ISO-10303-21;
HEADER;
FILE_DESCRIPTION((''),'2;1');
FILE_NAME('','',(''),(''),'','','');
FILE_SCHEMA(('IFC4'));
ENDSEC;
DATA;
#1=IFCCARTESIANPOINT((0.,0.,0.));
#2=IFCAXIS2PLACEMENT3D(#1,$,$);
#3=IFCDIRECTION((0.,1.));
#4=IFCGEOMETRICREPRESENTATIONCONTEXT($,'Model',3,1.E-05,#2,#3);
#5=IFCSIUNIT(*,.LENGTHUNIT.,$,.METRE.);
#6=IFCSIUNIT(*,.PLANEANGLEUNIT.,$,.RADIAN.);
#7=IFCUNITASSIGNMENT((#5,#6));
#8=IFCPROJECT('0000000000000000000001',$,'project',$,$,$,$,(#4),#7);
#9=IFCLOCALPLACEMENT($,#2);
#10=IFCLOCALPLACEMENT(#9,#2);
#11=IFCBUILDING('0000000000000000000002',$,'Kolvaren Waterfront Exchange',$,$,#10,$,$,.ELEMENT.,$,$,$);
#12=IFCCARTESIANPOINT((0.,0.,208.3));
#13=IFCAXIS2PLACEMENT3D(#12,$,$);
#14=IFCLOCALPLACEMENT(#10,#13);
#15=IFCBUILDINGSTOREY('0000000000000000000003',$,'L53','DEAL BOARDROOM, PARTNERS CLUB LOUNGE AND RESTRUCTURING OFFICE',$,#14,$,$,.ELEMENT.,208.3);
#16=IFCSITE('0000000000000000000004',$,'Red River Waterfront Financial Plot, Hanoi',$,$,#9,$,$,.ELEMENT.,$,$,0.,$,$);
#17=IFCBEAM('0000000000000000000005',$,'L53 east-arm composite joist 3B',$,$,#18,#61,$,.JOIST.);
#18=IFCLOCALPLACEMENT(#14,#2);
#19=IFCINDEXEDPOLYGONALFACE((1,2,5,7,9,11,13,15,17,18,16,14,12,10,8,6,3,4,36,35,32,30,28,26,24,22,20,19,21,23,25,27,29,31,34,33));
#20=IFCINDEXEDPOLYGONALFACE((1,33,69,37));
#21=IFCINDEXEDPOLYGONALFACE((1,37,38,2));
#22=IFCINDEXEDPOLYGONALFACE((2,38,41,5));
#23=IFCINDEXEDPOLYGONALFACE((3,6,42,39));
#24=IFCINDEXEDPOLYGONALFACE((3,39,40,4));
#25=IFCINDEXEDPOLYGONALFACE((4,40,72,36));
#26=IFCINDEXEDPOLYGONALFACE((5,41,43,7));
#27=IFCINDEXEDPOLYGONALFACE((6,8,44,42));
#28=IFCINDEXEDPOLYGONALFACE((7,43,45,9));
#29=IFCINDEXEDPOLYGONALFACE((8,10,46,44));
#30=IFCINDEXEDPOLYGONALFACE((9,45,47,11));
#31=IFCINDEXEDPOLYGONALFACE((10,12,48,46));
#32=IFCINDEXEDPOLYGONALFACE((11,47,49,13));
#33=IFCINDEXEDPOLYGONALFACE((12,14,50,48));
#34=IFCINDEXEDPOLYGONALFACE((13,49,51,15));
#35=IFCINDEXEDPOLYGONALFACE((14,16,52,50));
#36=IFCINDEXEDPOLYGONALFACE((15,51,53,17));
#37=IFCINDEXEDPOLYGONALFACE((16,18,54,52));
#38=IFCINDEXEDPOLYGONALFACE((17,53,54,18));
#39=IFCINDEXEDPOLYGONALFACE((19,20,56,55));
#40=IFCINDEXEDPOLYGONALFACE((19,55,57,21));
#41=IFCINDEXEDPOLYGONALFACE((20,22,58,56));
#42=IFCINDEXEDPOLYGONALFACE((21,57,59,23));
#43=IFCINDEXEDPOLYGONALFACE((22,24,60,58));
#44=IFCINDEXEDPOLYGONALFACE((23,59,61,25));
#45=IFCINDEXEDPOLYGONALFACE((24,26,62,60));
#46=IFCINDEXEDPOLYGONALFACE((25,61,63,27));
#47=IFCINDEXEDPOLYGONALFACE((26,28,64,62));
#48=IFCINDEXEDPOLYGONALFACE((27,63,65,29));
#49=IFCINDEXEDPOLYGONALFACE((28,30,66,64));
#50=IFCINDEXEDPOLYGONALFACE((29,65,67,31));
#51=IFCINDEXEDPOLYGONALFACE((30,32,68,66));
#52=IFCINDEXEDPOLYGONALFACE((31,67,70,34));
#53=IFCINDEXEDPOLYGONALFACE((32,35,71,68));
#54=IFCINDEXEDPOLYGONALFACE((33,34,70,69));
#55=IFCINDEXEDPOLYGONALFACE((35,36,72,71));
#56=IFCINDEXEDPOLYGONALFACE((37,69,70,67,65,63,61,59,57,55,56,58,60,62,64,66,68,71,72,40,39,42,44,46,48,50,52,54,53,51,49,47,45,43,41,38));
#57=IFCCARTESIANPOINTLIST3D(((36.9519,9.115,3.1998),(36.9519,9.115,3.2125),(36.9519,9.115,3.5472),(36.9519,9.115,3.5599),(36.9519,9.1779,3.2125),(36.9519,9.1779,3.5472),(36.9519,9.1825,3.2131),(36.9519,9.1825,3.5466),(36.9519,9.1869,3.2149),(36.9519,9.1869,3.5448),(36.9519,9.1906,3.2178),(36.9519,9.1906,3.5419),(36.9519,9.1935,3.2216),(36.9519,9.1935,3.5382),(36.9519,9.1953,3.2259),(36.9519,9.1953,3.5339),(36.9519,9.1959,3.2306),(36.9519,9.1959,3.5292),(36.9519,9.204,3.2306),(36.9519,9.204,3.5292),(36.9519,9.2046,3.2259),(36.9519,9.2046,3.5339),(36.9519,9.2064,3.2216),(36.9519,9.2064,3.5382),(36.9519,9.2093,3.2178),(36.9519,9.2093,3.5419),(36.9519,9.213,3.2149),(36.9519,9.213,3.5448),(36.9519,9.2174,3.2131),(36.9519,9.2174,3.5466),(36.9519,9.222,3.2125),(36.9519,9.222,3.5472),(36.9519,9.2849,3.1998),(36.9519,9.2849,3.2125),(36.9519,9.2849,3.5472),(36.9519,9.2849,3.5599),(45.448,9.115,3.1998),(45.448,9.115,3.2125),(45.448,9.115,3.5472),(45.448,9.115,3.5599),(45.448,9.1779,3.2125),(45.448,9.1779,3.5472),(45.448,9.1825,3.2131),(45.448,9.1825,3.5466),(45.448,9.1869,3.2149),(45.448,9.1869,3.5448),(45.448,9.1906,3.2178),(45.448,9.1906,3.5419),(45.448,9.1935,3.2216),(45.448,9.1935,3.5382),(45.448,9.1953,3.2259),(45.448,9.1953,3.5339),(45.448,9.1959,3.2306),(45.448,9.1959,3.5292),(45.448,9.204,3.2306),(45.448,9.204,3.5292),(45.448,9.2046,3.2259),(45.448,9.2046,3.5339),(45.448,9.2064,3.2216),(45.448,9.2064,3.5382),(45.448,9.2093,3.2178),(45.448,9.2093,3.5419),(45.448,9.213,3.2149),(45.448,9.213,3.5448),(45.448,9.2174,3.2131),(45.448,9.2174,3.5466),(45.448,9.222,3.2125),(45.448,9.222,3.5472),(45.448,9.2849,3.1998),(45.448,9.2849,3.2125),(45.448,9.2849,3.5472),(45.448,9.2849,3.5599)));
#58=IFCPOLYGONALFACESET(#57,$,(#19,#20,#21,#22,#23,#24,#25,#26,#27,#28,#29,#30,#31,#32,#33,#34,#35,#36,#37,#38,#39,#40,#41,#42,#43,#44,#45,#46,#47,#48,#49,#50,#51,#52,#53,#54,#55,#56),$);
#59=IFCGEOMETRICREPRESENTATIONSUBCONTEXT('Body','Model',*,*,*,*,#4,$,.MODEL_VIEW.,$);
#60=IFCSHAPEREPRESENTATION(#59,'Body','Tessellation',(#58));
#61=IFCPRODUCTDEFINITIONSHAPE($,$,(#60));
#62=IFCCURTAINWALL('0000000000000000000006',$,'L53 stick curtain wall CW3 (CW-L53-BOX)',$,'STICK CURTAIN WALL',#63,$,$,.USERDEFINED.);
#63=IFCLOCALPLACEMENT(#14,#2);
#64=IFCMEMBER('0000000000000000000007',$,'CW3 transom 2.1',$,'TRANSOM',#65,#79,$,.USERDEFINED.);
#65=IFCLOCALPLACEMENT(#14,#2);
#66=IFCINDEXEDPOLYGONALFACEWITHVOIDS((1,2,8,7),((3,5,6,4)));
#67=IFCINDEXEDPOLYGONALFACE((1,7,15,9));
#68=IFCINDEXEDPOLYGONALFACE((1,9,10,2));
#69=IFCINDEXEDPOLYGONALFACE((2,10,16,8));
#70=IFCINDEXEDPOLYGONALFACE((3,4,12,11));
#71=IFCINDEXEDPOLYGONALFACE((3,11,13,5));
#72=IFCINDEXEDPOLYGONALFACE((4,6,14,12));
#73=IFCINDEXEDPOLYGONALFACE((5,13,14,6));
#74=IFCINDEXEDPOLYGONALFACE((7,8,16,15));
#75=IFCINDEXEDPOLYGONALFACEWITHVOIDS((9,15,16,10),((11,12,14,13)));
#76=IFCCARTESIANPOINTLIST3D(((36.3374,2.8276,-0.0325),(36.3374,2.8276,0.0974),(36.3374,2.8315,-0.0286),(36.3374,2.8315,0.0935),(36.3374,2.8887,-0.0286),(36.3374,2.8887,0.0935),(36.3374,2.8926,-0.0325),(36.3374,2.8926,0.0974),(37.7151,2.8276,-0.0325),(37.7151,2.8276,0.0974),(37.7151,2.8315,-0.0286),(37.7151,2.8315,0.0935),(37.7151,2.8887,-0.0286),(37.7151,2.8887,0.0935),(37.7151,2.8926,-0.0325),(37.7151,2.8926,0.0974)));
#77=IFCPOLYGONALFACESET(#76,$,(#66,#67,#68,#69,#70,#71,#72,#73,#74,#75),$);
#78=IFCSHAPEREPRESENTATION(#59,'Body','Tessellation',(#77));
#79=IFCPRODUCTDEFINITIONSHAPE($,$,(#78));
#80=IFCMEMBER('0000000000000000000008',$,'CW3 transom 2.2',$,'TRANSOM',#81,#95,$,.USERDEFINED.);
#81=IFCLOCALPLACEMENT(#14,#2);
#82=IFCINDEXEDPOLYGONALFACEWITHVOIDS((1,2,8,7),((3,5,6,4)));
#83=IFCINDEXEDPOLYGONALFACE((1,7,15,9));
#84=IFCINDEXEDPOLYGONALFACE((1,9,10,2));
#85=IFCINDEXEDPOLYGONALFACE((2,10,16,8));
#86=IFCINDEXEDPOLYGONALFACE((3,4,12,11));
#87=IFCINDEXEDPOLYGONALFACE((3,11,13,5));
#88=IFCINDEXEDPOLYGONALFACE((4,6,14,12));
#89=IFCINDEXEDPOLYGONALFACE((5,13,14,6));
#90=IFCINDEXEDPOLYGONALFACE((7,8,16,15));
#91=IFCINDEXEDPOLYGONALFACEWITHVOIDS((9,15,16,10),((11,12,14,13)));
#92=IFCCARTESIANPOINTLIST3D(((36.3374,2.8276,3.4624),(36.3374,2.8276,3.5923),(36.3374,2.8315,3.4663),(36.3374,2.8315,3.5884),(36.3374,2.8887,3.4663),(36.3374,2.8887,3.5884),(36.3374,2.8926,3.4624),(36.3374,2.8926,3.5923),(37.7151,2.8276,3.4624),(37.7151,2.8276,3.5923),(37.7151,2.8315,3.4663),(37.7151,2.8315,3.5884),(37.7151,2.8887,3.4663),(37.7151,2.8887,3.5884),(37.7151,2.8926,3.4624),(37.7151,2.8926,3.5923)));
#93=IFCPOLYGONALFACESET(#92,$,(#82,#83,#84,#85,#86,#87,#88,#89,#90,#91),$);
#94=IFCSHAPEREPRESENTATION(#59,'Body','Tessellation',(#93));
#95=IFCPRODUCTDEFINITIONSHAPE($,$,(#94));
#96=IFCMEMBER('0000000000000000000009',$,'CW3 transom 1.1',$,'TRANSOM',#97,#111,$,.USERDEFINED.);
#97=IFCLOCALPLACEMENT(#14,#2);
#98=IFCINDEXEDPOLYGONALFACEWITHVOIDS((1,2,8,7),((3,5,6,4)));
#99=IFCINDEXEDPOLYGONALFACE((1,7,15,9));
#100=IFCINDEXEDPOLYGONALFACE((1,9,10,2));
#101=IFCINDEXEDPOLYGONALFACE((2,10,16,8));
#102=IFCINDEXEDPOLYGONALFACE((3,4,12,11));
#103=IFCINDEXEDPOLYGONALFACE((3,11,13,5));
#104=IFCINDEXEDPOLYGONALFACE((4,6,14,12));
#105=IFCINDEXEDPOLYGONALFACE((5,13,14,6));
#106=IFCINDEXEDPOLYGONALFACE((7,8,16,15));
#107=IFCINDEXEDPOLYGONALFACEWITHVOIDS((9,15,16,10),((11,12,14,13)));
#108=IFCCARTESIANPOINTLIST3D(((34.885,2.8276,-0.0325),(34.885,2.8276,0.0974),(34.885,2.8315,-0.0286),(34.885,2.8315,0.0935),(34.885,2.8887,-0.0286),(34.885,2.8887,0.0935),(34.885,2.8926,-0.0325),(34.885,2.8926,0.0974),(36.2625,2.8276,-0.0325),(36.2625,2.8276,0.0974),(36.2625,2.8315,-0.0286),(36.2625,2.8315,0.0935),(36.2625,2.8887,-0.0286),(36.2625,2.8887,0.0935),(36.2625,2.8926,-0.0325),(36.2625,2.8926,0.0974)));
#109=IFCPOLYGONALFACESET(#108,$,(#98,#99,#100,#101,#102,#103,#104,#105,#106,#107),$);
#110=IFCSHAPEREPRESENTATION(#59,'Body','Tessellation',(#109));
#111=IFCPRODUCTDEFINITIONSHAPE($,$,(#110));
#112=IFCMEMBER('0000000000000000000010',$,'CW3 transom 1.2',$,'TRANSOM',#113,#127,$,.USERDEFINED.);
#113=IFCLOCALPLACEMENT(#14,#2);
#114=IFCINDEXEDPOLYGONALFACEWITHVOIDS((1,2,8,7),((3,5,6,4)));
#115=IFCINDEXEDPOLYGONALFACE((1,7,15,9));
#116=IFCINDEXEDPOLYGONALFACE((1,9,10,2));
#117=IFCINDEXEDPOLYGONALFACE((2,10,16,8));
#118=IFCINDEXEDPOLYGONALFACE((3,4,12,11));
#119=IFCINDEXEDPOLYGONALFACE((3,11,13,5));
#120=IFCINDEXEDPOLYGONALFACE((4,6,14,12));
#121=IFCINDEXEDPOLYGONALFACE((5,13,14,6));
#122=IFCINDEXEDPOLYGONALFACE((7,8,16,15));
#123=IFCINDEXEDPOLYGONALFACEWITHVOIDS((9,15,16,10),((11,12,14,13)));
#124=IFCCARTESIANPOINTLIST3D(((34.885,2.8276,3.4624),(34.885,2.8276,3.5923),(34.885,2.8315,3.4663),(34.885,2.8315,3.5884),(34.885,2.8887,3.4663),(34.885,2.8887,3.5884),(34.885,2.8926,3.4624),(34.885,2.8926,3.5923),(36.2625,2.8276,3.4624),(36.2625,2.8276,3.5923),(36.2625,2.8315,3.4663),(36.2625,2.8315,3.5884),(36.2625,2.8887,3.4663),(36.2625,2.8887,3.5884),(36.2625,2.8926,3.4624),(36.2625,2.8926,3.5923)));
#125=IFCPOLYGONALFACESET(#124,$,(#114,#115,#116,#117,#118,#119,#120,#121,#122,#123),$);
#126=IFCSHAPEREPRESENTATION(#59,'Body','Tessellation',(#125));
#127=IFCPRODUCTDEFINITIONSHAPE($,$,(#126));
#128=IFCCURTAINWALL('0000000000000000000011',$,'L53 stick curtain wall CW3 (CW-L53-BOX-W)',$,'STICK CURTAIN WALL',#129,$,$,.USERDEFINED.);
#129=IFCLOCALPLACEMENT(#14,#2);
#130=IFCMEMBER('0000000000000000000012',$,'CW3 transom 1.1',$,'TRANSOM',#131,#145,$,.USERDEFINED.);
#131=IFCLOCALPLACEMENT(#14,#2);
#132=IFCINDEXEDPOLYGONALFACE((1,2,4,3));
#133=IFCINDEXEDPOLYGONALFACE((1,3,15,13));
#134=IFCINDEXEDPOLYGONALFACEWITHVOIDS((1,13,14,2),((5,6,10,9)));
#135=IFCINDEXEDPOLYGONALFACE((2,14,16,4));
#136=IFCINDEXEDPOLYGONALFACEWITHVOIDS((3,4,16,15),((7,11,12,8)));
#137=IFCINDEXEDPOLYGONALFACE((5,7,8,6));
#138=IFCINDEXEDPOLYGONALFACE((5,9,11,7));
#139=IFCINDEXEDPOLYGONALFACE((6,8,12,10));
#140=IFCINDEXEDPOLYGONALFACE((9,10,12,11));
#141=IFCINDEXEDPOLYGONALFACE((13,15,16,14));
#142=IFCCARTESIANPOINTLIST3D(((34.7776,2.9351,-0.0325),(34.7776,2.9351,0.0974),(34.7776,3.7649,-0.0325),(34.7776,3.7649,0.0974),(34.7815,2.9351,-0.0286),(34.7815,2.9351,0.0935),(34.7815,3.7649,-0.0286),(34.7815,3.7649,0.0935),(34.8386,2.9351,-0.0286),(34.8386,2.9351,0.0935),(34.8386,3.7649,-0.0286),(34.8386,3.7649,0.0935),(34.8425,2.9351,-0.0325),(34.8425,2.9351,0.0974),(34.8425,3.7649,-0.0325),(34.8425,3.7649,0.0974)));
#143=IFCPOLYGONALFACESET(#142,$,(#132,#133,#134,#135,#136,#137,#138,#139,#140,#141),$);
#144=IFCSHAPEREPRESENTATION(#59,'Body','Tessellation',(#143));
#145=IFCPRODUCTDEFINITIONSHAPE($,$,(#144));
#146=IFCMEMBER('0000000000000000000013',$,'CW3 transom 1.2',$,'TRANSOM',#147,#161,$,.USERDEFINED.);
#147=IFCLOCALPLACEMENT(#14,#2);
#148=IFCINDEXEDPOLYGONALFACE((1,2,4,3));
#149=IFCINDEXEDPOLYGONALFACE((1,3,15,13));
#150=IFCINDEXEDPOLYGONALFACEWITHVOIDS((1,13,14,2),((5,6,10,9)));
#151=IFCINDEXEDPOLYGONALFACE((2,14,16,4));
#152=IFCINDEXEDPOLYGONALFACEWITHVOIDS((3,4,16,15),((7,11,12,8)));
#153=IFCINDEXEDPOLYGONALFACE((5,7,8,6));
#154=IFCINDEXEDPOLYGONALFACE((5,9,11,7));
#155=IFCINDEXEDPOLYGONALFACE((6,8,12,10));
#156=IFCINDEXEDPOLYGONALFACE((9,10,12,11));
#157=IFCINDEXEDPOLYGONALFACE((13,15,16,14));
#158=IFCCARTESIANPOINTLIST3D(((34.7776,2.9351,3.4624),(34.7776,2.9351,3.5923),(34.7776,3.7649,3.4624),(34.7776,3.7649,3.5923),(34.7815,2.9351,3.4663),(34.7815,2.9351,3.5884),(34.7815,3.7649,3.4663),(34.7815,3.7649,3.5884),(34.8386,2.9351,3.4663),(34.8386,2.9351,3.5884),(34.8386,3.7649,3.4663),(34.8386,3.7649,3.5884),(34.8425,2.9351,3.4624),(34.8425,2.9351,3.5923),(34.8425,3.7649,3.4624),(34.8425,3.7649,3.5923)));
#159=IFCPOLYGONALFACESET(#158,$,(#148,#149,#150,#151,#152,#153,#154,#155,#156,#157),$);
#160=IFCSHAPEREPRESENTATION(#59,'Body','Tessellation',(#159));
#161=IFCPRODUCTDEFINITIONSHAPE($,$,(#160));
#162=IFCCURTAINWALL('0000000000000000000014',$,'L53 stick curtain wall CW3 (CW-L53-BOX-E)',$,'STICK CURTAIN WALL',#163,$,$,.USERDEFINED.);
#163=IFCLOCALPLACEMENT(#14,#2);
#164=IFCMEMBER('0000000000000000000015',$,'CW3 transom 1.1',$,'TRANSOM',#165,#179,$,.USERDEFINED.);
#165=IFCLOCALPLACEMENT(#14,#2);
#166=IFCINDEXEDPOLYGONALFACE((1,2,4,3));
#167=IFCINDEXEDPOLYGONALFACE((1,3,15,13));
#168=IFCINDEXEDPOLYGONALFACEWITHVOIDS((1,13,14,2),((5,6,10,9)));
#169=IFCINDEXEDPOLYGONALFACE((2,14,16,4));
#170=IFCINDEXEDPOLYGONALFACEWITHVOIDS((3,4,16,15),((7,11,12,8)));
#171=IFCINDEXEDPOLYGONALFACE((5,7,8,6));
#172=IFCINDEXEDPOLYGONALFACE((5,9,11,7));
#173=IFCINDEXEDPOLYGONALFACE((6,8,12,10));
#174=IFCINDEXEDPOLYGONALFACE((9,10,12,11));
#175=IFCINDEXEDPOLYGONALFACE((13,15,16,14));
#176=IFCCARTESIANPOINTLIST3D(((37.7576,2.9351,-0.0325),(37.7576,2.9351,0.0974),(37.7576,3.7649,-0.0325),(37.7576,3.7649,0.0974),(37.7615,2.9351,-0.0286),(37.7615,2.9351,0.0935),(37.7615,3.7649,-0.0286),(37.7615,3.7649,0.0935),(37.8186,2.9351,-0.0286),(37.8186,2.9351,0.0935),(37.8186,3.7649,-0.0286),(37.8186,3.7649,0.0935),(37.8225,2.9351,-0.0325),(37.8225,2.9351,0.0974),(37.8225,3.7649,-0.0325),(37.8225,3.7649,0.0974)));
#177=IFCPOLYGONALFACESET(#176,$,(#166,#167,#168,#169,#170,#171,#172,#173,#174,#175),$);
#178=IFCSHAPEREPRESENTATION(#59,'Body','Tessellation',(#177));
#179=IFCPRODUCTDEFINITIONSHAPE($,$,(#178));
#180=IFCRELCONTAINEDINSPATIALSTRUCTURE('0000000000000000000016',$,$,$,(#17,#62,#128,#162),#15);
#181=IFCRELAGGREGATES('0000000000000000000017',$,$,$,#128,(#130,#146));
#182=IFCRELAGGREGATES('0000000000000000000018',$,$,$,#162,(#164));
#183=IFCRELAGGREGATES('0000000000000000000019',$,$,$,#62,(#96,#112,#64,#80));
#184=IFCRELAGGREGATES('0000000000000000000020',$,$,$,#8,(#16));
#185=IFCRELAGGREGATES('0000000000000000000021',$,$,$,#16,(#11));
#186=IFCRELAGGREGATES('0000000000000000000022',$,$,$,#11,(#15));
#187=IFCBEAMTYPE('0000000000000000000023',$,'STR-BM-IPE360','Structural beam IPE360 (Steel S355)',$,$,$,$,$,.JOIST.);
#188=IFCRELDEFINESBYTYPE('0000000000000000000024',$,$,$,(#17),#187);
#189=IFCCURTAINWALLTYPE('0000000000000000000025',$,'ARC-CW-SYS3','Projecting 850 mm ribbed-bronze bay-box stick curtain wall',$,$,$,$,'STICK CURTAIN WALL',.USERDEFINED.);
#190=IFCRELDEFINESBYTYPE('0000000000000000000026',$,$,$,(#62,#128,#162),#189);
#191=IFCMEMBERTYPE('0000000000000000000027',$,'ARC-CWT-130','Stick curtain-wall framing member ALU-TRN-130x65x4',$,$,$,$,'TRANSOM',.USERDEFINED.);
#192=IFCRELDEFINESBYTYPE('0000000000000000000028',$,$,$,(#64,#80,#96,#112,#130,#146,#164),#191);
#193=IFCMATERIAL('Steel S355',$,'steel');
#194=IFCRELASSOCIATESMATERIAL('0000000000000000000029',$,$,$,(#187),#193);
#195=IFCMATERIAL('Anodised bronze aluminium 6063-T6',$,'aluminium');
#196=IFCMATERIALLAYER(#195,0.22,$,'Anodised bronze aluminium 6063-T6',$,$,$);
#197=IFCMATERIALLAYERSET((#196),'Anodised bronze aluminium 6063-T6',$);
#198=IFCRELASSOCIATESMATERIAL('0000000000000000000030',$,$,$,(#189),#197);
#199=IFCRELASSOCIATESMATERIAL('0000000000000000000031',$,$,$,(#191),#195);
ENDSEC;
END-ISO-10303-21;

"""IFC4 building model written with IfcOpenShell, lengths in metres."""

from ifc_helpers import new_model, si_unit, direction, frame, origin, origin_with_axes, origin_2d, place, context, subcontext, project, spatial, hollow_rectangle, i_section, extrude, source, transform, mapped, material, layer, layer_set, material_profile, profile_set, type_object, element, aggregate, save


model = new_model("IFC4")

# Units and contexts
model_context = context("Model", 3, precision=1e-05, world=origin(), true_north=direction((0.0, 1.0)))
body_context = subcontext(model_context, "Body", "Model", "MODEL_VIEW")
ifc_project = project(units=[si_unit("LENGTHUNIT", "METRE"), si_unit("PLANEANGLEUNIT", "RADIAN")], contexts=[model_context])

# Site, building, storey
site_placement = place(None, origin())
site = spatial("IfcSite", under=ifc_project, at=site_placement, Name="Red River Waterfront Financial Plot, Hanoi", CompositionType="ELEMENT", RefElevation=0.0)
building_placement = place(site_placement, origin())
building = spatial("IfcBuilding", under=site, at=building_placement, Name="Kolvaren Waterfront Exchange", CompositionType="ELEMENT")
storey_placement = place(building_placement, frame((0.0, 0.0, 208.3)))
storey = spatial("IfcBuildingStorey", under=building, at=storey_placement, Name="L53", Description="DEAL BOARDROOM, PARTNERS CLUB LOUNGE AND RESTRUCTURING OFFICE", CompositionType="ELEMENT", Elevation=208.3)

# Beam
ifc_material_1 = material(Name="Steel S355", Category="steel")
ifc_material_profile_1 = material_profile(ifc_material_1, i_section(OverallWidth=0.1699, OverallDepth=0.3601, WebThickness=0.0081, FlangeThickness=0.0127, FilletRadius=0.0181, at=origin_2d()), Name="IPE360")
ifc_profile_set_1 = profile_set([ifc_material_profile_1], Name="Steel S355")
beam_type_1 = type_object("IfcBeamType", Name="STR-BM-IPE360", Description="Structural beam IPE360 (Steel S355)", PredefinedType="JOIST", material=ifc_profile_set_1)
beam_1_placement = place(storey_placement, frame((36.9519, 9.2, 3.3799), z_axis=(1.0, 0.0, 0.0), x_axis=(0.0, 1.0, 0.0)))
element("IfcBeam", 1, at=beam_1_placement, inside=storey, type_object=beam_type_1, Name="L53 east-arm composite joist 3B", PredefinedType="JOIST", context=body_context, shape_type="SweptSolid", body=[
    extrude(i_section(OverallWidth=0.1699, OverallDepth=0.3601, WebThickness=0.0081, FlangeThickness=0.0127, FilletRadius=0.0181, at=origin_2d()), origin(), (0.0, 0.0, 1.0), 8.4961),
])

# Curtain walls, members
ifc_material_2 = material(Name="Anodised bronze aluminium 6063-T6", Category="aluminium")
ifc_layer_1 = layer(ifc_material_2, 0.22, Name="Anodised bronze aluminium 6063-T6")
ifc_layer_set_1 = layer_set([ifc_layer_1], Name="Anodised bronze aluminium 6063-T6")
curtain_wall_type_1 = type_object("IfcCurtainWallType", Name="ARC-CW-SYS3", Description="Projecting 850 mm ribbed-bronze bay-box stick curtain wall", ElementType="STICK CURTAIN WALL", PredefinedType="USERDEFINED", material=ifc_layer_set_1)
curtain_wall_1_placement = place(storey_placement, origin())
curtain_wall_1 = element("IfcCurtainWall", 2, at=curtain_wall_1_placement, inside=storey, type_object=curtain_wall_type_1, Name="L53 stick curtain wall CW3 (CW-L53-BOX)", ObjectType="STICK CURTAIN WALL", PredefinedType="USERDEFINED")
ifc_material_profile_2 = material_profile(ifc_material_2, hollow_rectangle(XDim=0.0649, YDim=0.1299, WallThickness=0.0039, at=origin_2d()), Name="ALU-TRN-130x65x4")
ifc_profile_set_2 = profile_set([ifc_material_profile_2], Name="Anodised bronze aluminium 6063-T6")
member_type_1 = type_object("IfcMemberType", Name="ARC-CWT-130", Description="Stick curtain-wall framing member ALU-TRN-130x65x4", ElementType="TRANSOM", PredefinedType="USERDEFINED", material=ifc_profile_set_2)
shared_shape_1 = source(origin_with_axes(), body_context, "Body", "SweptSolid", [
    extrude(hollow_rectangle(XDim=0.0649, YDim=0.1299, WallThickness=0.0039, at=origin_2d()), origin(), (0.0, 0.0, 1.0), 1.3777),
])
member_1_placement = place(storey_placement, frame((36.3374, 2.8601, 0.0325), z_axis=(1.0, 0.0, 0.0), x_axis=(0.0, 1.0, 0.0)))
member_1 = element("IfcMember", 3, at=member_1_placement, type_object=member_type_1, Name="CW3 transom 2.1", ObjectType="TRANSOM", PredefinedType="USERDEFINED", context=body_context, shape_type="MappedRepresentation", body=[
    mapped(shared_shape_1, transform((0.0, 0.0, 0.0), x_axis=(1.0, 0.0, 0.0), y_axis=(0.0, 1.0, 0.0), z_axis=(0.0, 0.0, 1.0), scale=1.0)),
])
member_2_placement = place(storey_placement, frame((36.3374, 2.8601, 3.5273), z_axis=(1.0, 0.0, 0.0), x_axis=(0.0, 1.0, 0.0)))
member_2 = element("IfcMember", 4, at=member_2_placement, type_object=member_type_1, Name="CW3 transom 2.2", ObjectType="TRANSOM", PredefinedType="USERDEFINED", context=body_context, shape_type="MappedRepresentation", body=[
    mapped(shared_shape_1, transform((0.0, 0.0, 0.0), x_axis=(1.0, 0.0, 0.0), y_axis=(0.0, 1.0, 0.0), z_axis=(0.0, 0.0, 1.0), scale=1.0)),
])
shared_shape_2 = source(origin_with_axes(), body_context, "Body", "SweptSolid", [
    extrude(hollow_rectangle(XDim=0.0649, YDim=0.1299, WallThickness=0.0039, at=origin_2d()), origin(), (0.0, 0.0, 1.0), 1.3774),
])
member_3_placement = place(storey_placement, frame((34.885, 2.8601, 0.0325), z_axis=(1.0, 0.0, 0.0), x_axis=(0.0, 1.0, 0.0)))
member_3 = element("IfcMember", 5, at=member_3_placement, type_object=member_type_1, Name="CW3 transom 1.1", ObjectType="TRANSOM", PredefinedType="USERDEFINED", context=body_context, shape_type="MappedRepresentation", body=[
    mapped(shared_shape_2, transform((0.0, 0.0, 0.0), x_axis=(1.0, 0.0, 0.0), y_axis=(0.0, 1.0, 0.0), z_axis=(0.0, 0.0, 1.0), scale=1.0)),
])
member_4_placement = place(storey_placement, frame((34.885, 2.8601, 3.5273), z_axis=(1.0, 0.0, 0.0), x_axis=(0.0, 1.0, 0.0)))
member_4 = element("IfcMember", 6, at=member_4_placement, type_object=member_type_1, Name="CW3 transom 1.2", ObjectType="TRANSOM", PredefinedType="USERDEFINED", context=body_context, shape_type="MappedRepresentation", body=[
    mapped(shared_shape_2, transform((0.0, 0.0, 0.0), x_axis=(1.0, 0.0, 0.0), y_axis=(0.0, 1.0, 0.0), z_axis=(0.0, 0.0, 1.0), scale=1.0)),
])
curtain_wall_2_placement = place(storey_placement, origin())
curtain_wall_2 = element("IfcCurtainWall", 7, at=curtain_wall_2_placement, inside=storey, type_object=curtain_wall_type_1, Name="L53 stick curtain wall CW3 (CW-L53-BOX-W)", ObjectType="STICK CURTAIN WALL", PredefinedType="USERDEFINED")
shared_shape_3 = source(origin_with_axes(), body_context, "Body", "SweptSolid", [
    extrude(hollow_rectangle(XDim=0.0649, YDim=0.1299, WallThickness=0.0039, at=origin_2d()), origin(), (0.0, 0.0, 1.0), 0.8298),
])
member_5_placement = place(storey_placement, frame((34.8101, 3.7649, 0.0325), z_axis=(0.0, -1.0, 0.0), x_axis=(1.0, 0.0, 0.0)))
member_5 = element("IfcMember", 8, at=member_5_placement, type_object=member_type_1, Name="CW3 transom 1.1", ObjectType="TRANSOM", PredefinedType="USERDEFINED", context=body_context, shape_type="MappedRepresentation", body=[
    mapped(shared_shape_3, transform((0.0, 0.0, 0.0), x_axis=(1.0, 0.0, 0.0), y_axis=(0.0, 1.0, 0.0), z_axis=(0.0, 0.0, 1.0), scale=1.0)),
])
member_6_placement = place(storey_placement, frame((34.8101, 3.7649, 3.5273), z_axis=(0.0, -1.0, 0.0), x_axis=(1.0, 0.0, 0.0)))
member_6 = element("IfcMember", 9, at=member_6_placement, type_object=member_type_1, Name="CW3 transom 1.2", ObjectType="TRANSOM", PredefinedType="USERDEFINED", context=body_context, shape_type="MappedRepresentation", body=[
    mapped(shared_shape_3, transform((0.0, 0.0, 0.0), x_axis=(1.0, 0.0, 0.0), y_axis=(0.0, 1.0, 0.0), z_axis=(0.0, 0.0, 1.0), scale=1.0)),
])
curtain_wall_3_placement = place(storey_placement, origin())
curtain_wall_3 = element("IfcCurtainWall", 10, at=curtain_wall_3_placement, inside=storey, type_object=curtain_wall_type_1, Name="L53 stick curtain wall CW3 (CW-L53-BOX-E)", ObjectType="STICK CURTAIN WALL", PredefinedType="USERDEFINED")
member_7_placement = place(storey_placement, frame((37.79, 2.9351, 0.0325), z_axis=(0.0, 1.0, 0.0), x_axis=(-1.0, 0.0, 0.0)))
member_7 = element("IfcMember", 11, at=member_7_placement, type_object=member_type_1, Name="CW3 transom 1.1", ObjectType="TRANSOM", PredefinedType="USERDEFINED", context=body_context, shape_type="MappedRepresentation", body=[
    mapped(shared_shape_3, transform((0.0, 0.0, 0.0), x_axis=(1.0, 0.0, 0.0), y_axis=(0.0, 1.0, 0.0), z_axis=(0.0, 0.0, 1.0), scale=1.0)),
])

aggregate(curtain_wall_2, [member_5, member_6])
aggregate(curtain_wall_3, [member_7])
aggregate(curtain_wall_1, [member_3, member_4, member_1, member_2])

save(model, "model.ifc")
